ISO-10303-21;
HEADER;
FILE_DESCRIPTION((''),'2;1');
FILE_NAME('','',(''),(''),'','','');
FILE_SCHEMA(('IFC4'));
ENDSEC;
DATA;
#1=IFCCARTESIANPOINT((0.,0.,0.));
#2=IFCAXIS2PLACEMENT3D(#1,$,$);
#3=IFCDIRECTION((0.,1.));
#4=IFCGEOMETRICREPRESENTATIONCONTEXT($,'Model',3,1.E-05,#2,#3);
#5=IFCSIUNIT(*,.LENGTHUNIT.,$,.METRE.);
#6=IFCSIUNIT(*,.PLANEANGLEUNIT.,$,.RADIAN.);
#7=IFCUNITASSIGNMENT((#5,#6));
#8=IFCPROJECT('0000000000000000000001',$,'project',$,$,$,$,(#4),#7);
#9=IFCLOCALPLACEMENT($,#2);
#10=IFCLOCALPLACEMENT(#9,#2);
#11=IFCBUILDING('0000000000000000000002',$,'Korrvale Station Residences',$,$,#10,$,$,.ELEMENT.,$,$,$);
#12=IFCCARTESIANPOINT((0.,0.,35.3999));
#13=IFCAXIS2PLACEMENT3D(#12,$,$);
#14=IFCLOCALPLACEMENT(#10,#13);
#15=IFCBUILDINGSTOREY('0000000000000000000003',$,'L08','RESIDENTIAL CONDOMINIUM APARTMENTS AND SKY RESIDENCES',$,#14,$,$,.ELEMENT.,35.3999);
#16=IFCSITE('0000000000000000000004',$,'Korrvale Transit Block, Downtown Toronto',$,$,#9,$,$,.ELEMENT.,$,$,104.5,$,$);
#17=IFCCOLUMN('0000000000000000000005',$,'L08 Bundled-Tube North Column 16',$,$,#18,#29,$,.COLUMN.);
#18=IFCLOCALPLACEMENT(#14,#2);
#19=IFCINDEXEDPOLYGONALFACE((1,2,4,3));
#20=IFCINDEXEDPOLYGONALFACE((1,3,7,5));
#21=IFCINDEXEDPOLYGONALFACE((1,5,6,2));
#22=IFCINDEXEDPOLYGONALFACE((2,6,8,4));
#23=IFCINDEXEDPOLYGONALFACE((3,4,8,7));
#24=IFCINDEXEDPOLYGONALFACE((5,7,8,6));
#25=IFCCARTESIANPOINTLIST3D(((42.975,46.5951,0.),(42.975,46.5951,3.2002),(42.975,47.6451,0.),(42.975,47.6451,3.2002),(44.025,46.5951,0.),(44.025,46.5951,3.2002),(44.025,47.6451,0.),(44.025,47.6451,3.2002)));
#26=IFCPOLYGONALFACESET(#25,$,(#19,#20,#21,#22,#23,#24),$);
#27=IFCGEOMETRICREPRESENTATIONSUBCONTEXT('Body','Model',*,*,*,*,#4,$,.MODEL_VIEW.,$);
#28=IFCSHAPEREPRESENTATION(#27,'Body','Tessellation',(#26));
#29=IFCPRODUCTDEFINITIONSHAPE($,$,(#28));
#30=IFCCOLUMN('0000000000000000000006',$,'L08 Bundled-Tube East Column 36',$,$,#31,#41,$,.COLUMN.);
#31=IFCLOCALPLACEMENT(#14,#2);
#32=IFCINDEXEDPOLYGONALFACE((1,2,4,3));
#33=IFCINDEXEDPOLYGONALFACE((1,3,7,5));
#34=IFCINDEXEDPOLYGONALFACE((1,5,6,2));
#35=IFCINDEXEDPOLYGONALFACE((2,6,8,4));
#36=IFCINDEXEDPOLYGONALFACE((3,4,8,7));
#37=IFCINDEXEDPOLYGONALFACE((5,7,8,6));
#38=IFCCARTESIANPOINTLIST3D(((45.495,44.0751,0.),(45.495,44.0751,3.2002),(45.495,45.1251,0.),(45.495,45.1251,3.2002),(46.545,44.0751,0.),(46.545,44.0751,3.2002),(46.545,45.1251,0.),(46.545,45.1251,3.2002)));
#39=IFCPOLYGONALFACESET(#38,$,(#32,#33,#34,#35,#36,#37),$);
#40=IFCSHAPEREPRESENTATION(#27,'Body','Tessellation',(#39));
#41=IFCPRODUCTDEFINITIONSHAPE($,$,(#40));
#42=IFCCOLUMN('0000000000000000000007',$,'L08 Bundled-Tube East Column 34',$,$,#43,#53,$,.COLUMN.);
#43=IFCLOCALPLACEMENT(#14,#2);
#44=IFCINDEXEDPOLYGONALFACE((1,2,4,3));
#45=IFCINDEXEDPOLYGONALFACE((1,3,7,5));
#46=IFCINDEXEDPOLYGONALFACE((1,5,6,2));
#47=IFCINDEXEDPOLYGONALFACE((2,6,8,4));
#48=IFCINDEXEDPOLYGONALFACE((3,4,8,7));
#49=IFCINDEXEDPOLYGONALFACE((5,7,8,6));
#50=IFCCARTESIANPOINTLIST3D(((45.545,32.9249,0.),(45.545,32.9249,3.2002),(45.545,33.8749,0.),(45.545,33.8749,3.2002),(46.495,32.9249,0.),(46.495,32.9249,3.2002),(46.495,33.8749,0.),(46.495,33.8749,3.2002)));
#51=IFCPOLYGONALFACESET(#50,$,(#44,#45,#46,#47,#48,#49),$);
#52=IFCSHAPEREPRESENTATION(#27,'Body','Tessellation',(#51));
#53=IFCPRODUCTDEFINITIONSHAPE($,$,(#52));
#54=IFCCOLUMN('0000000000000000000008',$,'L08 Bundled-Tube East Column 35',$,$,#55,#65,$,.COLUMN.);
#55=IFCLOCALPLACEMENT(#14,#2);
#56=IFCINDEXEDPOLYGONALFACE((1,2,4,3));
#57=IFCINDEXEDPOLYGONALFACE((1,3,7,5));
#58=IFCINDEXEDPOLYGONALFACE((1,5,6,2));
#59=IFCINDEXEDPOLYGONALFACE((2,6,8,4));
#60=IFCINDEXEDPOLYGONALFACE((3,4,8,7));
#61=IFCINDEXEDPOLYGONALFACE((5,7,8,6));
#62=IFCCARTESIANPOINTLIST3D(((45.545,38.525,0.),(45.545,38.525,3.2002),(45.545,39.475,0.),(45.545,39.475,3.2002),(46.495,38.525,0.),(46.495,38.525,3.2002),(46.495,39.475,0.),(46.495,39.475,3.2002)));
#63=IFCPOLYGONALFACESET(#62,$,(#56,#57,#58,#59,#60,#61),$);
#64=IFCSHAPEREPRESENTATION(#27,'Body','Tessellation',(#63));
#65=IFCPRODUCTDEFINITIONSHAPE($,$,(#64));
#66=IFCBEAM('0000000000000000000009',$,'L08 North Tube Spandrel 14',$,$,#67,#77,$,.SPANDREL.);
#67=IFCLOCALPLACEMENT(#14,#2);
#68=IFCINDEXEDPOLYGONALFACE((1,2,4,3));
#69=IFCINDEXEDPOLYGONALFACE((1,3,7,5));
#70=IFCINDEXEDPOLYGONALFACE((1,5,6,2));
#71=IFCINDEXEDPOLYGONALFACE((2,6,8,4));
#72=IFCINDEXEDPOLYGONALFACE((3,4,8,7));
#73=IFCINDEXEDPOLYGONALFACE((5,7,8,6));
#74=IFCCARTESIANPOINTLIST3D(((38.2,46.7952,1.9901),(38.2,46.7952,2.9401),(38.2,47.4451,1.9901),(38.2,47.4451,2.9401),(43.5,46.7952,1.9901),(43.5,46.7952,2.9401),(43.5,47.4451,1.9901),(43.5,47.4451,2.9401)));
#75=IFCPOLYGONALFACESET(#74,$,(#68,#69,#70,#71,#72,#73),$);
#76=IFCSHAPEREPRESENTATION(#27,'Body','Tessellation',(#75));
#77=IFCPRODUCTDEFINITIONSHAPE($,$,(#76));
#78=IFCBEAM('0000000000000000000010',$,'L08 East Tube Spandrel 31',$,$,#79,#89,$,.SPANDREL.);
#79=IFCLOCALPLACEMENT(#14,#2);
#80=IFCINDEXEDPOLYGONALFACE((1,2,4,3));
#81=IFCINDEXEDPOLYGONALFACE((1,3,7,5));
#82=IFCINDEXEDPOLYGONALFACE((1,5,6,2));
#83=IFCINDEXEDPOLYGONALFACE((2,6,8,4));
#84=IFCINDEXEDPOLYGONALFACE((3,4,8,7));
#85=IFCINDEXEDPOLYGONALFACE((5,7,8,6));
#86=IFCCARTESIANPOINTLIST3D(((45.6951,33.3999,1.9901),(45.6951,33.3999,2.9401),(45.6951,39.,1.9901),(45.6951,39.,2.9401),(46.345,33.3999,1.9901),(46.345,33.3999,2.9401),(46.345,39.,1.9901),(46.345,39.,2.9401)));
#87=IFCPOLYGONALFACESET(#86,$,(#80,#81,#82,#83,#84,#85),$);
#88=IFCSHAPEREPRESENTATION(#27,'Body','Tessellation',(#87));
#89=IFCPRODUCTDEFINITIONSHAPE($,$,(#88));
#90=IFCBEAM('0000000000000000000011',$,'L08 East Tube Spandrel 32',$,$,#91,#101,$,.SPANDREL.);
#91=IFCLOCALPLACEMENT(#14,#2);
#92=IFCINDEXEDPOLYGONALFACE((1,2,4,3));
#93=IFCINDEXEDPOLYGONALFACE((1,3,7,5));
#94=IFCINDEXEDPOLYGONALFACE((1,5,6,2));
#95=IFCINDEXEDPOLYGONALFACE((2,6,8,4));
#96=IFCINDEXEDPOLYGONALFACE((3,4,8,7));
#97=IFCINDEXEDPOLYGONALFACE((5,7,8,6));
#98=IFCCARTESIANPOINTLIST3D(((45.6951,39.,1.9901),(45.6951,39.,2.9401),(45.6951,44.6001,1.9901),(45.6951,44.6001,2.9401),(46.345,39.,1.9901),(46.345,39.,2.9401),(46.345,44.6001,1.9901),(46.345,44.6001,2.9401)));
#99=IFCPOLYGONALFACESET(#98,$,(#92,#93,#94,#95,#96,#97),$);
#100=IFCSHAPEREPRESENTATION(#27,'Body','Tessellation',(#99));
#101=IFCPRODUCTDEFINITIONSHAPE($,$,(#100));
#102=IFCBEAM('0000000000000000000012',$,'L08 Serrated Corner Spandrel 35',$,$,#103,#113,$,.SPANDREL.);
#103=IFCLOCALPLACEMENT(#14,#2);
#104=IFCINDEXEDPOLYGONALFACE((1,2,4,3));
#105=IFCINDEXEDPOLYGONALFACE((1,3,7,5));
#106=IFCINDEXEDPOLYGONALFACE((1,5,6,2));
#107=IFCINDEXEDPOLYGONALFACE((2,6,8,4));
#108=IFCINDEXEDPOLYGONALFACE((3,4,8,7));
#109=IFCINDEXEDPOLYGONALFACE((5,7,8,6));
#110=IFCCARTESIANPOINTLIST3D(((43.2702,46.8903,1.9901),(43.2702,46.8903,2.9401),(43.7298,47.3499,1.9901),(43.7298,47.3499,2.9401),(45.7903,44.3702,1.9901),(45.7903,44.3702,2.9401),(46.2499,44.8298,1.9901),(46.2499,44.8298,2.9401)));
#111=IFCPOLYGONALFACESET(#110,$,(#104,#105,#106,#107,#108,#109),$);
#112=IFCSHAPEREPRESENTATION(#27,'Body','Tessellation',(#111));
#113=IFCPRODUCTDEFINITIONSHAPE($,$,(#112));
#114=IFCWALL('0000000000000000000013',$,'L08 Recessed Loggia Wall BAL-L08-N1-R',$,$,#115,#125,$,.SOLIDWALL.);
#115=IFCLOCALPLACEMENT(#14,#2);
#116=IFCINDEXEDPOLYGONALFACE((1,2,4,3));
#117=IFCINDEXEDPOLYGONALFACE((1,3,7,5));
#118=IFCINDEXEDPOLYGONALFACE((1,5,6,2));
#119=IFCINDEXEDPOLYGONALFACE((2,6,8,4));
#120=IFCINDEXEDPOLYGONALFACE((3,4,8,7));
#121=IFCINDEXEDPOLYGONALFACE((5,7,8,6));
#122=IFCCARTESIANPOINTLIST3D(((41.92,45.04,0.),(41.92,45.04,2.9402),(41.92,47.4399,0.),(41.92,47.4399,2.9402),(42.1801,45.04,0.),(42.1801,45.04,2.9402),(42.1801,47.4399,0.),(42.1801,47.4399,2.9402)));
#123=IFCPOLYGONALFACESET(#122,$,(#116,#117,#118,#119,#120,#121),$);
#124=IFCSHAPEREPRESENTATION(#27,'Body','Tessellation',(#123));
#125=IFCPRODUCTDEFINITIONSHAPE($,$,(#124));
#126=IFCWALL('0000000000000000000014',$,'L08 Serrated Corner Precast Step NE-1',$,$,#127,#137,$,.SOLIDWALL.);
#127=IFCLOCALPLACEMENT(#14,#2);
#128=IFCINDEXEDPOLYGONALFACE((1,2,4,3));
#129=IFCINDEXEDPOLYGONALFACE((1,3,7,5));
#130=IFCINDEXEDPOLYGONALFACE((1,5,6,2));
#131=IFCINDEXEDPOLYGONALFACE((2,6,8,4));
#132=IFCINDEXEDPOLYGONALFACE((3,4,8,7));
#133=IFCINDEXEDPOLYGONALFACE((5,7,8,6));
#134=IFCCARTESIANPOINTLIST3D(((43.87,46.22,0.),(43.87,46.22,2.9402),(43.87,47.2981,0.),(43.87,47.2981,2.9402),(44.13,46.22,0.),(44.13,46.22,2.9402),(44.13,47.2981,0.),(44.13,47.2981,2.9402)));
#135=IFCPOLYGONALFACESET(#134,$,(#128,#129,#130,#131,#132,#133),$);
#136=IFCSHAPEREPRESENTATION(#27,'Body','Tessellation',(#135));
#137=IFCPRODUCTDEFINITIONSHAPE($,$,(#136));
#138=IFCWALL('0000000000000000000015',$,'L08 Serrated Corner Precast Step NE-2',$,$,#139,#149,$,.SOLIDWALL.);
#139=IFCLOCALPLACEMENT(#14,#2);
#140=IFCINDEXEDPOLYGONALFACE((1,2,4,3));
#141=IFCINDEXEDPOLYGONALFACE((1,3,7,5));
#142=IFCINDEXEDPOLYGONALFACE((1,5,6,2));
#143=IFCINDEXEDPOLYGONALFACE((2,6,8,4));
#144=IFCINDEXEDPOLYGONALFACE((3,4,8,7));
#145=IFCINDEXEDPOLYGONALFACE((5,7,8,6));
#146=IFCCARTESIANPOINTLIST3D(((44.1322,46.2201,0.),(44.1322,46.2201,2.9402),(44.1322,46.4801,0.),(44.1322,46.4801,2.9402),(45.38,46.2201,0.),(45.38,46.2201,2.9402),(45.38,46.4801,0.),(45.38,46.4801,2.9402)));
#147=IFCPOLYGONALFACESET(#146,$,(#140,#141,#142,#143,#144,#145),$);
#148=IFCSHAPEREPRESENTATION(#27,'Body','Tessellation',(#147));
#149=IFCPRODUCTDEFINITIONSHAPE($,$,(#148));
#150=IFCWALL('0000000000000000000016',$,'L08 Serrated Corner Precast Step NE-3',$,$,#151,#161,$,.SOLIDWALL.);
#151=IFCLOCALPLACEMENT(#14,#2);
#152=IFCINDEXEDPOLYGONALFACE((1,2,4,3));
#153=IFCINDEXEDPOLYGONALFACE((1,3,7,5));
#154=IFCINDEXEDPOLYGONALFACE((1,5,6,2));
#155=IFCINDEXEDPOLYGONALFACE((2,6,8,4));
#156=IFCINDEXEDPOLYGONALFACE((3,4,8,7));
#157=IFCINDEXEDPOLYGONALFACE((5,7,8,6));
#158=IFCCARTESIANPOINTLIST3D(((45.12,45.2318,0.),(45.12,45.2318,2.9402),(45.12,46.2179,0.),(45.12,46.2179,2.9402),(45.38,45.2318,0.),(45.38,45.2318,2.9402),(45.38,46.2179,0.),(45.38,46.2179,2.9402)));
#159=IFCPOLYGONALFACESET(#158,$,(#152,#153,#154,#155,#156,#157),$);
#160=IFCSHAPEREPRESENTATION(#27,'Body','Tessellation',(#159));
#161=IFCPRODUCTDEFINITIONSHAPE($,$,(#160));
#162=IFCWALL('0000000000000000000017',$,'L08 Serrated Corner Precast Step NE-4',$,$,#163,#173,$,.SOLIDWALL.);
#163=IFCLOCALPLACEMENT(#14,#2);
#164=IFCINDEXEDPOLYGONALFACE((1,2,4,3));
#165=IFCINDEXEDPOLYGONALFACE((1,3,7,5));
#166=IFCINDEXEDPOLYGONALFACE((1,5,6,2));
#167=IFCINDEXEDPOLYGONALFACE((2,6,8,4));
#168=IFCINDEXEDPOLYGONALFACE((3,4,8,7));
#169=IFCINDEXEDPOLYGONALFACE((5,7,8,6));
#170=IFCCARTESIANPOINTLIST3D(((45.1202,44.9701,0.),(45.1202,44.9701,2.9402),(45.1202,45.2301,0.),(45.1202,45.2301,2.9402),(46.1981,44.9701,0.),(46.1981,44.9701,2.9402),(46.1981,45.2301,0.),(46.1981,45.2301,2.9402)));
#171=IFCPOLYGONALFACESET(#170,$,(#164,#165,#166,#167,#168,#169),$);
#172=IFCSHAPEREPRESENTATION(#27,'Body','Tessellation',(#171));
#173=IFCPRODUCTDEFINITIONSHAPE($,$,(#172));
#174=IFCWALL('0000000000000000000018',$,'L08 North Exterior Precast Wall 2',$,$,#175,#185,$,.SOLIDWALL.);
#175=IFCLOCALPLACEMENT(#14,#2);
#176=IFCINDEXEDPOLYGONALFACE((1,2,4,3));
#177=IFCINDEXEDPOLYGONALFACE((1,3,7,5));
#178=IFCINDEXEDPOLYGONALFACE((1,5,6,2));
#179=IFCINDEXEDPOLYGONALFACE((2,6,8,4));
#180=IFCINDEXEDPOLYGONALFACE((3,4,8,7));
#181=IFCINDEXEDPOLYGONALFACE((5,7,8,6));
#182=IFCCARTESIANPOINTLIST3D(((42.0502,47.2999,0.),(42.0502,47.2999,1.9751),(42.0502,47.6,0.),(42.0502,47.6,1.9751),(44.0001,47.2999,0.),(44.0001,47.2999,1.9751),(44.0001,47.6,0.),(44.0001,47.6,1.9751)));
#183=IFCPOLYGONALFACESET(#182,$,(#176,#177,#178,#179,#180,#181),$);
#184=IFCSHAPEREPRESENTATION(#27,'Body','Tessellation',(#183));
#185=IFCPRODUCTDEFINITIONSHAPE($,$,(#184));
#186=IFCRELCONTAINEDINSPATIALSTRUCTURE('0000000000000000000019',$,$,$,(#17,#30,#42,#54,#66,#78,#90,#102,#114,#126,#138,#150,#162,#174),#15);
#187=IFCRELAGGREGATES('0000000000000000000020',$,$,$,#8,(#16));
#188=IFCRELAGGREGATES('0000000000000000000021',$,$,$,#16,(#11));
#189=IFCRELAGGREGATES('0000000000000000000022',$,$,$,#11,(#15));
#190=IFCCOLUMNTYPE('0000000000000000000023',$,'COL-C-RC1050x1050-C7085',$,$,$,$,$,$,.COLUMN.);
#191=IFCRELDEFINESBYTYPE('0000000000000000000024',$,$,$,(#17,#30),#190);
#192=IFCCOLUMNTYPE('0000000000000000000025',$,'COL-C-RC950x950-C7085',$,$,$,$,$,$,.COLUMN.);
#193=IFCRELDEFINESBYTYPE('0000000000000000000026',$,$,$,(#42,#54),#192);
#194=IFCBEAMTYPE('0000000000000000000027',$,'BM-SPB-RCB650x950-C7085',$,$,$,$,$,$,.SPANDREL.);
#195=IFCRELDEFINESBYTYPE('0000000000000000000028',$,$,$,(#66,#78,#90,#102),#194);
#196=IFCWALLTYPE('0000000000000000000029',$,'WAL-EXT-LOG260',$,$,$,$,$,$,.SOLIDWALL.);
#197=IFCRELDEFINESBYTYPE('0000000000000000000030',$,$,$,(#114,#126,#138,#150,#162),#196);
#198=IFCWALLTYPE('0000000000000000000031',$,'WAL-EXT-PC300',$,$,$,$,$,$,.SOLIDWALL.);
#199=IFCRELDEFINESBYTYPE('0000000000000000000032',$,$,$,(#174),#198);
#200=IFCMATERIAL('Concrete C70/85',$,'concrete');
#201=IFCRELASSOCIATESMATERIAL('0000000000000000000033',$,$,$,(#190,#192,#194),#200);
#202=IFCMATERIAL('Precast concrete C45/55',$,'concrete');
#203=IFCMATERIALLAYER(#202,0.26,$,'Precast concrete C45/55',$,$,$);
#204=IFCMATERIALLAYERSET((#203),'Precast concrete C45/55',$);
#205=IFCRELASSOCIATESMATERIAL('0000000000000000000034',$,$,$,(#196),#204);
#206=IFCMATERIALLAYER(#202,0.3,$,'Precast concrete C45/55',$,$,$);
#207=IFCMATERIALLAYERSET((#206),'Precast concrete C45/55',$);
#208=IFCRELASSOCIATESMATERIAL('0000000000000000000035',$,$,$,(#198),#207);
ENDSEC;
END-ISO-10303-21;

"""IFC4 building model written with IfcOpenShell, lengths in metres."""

from ifc_helpers import new_model, si_unit, direction, frame, frame_2d, origin, origin_2d, place, context, subcontext, project, spatial, rectangle, extrude, material, layer, layer_set, material_profile, profile_set, type_object, element, save


model = new_model("IFC4")

# Units and contexts
model_context = context("Model", 3, precision=1e-05, world=origin(), true_north=direction((0.0, 1.0)))
body_context = subcontext(model_context, "Body", "Model", "MODEL_VIEW")
ifc_project = project(units=[si_unit("LENGTHUNIT", "METRE"), si_unit("PLANEANGLEUNIT", "RADIAN")], contexts=[model_context])

# Site, building, storey
site_placement = place(None, origin())
site = spatial("IfcSite", under=ifc_project, at=site_placement, Name="Korrvale Transit Block, Downtown Toronto", CompositionType="ELEMENT", RefElevation=104.5)
building_placement = place(site_placement, origin())
building = spatial("IfcBuilding", under=site, at=building_placement, Name="Korrvale Station Residences", CompositionType="ELEMENT")
storey_placement = place(building_placement, frame((0.0, 0.0, 35.3999)))
storey = spatial("IfcBuildingStorey", under=building, at=storey_placement, Name="L08", Description="RESIDENTIAL CONDOMINIUM APARTMENTS AND SKY RESIDENCES", CompositionType="ELEMENT", Elevation=35.3999)

# Columns
ifc_material_1 = material(Name="Concrete C70/85", Category="concrete")
ifc_material_profile_1 = material_profile(ifc_material_1, rectangle(XDim=1.05, YDim=1.05, at=origin_2d()), Name="RC1050x1050")
ifc_profile_set_1 = profile_set([ifc_material_profile_1], Name="Concrete C70/85")
column_type_1 = type_object("IfcColumnType", Name="COL-C-RC1050x1050-C7085", PredefinedType="COLUMN", material=ifc_profile_set_1)
for number, where, z_axis, x_axis, name in (
    (1, (43.5, 47.1201, 0.0), (0.0, 0.0, 1.0), (1.0, 0.0, 0.0), "L08 Bundled-Tube North Column 16"),
    (2, (46.02, 44.6001, 0.0), (0.0, 0.0, 1.0), (1.0, 0.0, 0.0), "L08 Bundled-Tube East Column 36"),
):
    element("IfcColumn", number, at=place(storey_placement, frame(where, z_axis=z_axis, x_axis=x_axis)), inside=storey, type_object=column_type_1, Name=name, PredefinedType="COLUMN", context=body_context, shape_type="SweptSolid", body=[
        extrude(rectangle(XDim=1.05, YDim=1.05, at=origin_2d()), origin(), (0.0, 0.0, 1.0), 3.2002),
    ])
ifc_material_profile_2 = material_profile(ifc_material_1, rectangle(XDim=0.95, YDim=0.95, at=origin_2d()), Name="RC950x950")
ifc_profile_set_2 = profile_set([ifc_material_profile_2], Name="Concrete C70/85")
column_type_2 = type_object("IfcColumnType", Name="COL-C-RC950x950-C7085", PredefinedType="COLUMN", material=ifc_profile_set_2)
for number, where, z_axis, x_axis, name in (
    (3, (46.02, 33.3999, 0.0), (0.0, 0.0, 1.0), (1.0, 0.0, 0.0), "L08 Bundled-Tube East Column 34"),
    (4, (46.02, 39.0, 0.0), (0.0, 0.0, 1.0), (1.0, 0.0, 0.0), "L08 Bundled-Tube East Column 35"),
):
    element("IfcColumn", number, at=place(storey_placement, frame(where, z_axis=z_axis, x_axis=x_axis)), inside=storey, type_object=column_type_2, Name=name, PredefinedType="COLUMN", context=body_context, shape_type="SweptSolid", body=[
        extrude(rectangle(XDim=0.95, YDim=0.95, at=origin_2d()), origin(), (0.0, 0.0, 1.0), 3.2002),
    ])

# Beams
ifc_material_profile_3 = material_profile(ifc_material_1, rectangle(XDim=0.6499, YDim=0.95, at=origin_2d()), Name="RCB650x950")
ifc_profile_set_3 = profile_set([ifc_material_profile_3], Name="Concrete C70/85")
beam_type = type_object("IfcBeamType", Name="BM-SPB-RCB650x950-C7085", PredefinedType="SPANDREL", material=ifc_profile_set_3)
beam_1_placement = place(storey_placement, frame((38.2, 47.1201, 2.4651), z_axis=(1.0, 0.0, 0.0), x_axis=(0.0, 1.0, 0.0)))
element("IfcBeam", 5, at=beam_1_placement, inside=storey, type_object=beam_type, Name="L08 North Tube Spandrel 14", PredefinedType="SPANDREL", context=body_context, shape_type="SweptSolid", body=[
    extrude(rectangle(XDim=0.6499, YDim=0.95, at=origin_2d()), origin(), (0.0, 0.0, 1.0), 5.3),
])
for number, where, z_axis, x_axis, name in (
    (6, (46.02, 33.3999, 2.4651), (0.0, 1.0, 0.0), (-1.0, 0.0, 0.0), "L08 East Tube Spandrel 31"),
    (7, (46.02, 39.0, 2.4651), (0.0, 1.0, 0.0), (-1.0, 0.0, 0.0), "L08 East Tube Spandrel 32"),
):
    element("IfcBeam", number, at=place(storey_placement, frame(where, z_axis=z_axis, x_axis=x_axis)), inside=storey, type_object=beam_type, Name=name, PredefinedType="SPANDREL", context=body_context, shape_type="SweptSolid", body=[
        extrude(rectangle(XDim=0.6499, YDim=0.95, at=origin_2d()), origin(), (0.0, 0.0, 1.0), 5.6001),
    ])
beam_2_placement = place(storey_placement, frame((43.5, 47.1201, 2.4651), z_axis=(0.707107, -0.707107, 0.0), x_axis=(0.707107, 0.707107, 0.0)))
element("IfcBeam", 8, at=beam_2_placement, inside=storey, type_object=beam_type, Name="L08 Serrated Corner Spandrel 35", PredefinedType="SPANDREL", context=body_context, shape_type="SweptSolid", body=[
    extrude(rectangle(XDim=0.6499, YDim=0.95, at=origin_2d()), origin(), (0.0, 0.0, 1.0), 3.564),
])

# Walls
ifc_material_2 = material(Name="Precast concrete C45/55", Category="concrete")
ifc_layer_1 = layer(ifc_material_2, 0.26, Name="Precast concrete C45/55")
ifc_layer_set_1 = layer_set([ifc_layer_1], Name="Precast concrete C45/55")
wall_type_1 = type_object("IfcWallType", Name="WAL-EXT-LOG260", PredefinedType="SOLIDWALL", material=ifc_layer_set_1)
wall_1_placement = place(storey_placement, frame((42.05, 45.04, 0.0), z_axis=(0.0, 0.0, 1.0), x_axis=(0.0, 1.0, 0.0)))
element("IfcWall", 9, at=wall_1_placement, inside=storey, type_object=wall_type_1, Name="L08 Recessed Loggia Wall BAL-L08-N1-R", PredefinedType="SOLIDWALL", context=body_context, shape_type="SweptSolid", body=[
    extrude(rectangle(XDim=2.3999, YDim=0.26, at=frame_2d((1.2, 0.0))), origin(), (0.0, 0.0, 1.0), 2.9402),
])
wall_2_placement = place(storey_placement, frame((44.0, 47.2981, 0.0), z_axis=(0.0, 0.0, 1.0), x_axis=(0.0, -1.0, 0.0)))
element("IfcWall", 10, at=wall_2_placement, inside=storey, type_object=wall_type_1, Name="L08 Serrated Corner Precast Step NE-1", PredefinedType="SOLIDWALL", context=body_context, shape_type="SweptSolid", body=[
    extrude(rectangle(XDim=1.0781, YDim=0.26, at=frame_2d((0.5391, 0.0))), origin(), (0.0, 0.0, 1.0), 2.9402),
])
wall_3_placement = place(storey_placement, frame((44.1321, 46.3501, 0.0), z_axis=(0.0, 0.0, 1.0), x_axis=(1.0, 0.0, 0.0)))
element("IfcWall", 11, at=wall_3_placement, inside=storey, type_object=wall_type_1, Name="L08 Serrated Corner Precast Step NE-2", PredefinedType="SOLIDWALL", context=body_context, shape_type="SweptSolid", body=[
    extrude(rectangle(XDim=1.2478, YDim=0.26, at=frame_2d((0.624, 0.0))), origin(), (0.0, 0.0, 1.0), 2.9402),
])
wall_4_placement = place(storey_placement, frame((45.25, 46.218, 0.0), z_axis=(0.0, 0.0, 1.0), x_axis=(0.0, -1.0, 0.0)))
element("IfcWall", 12, at=wall_4_placement, inside=storey, type_object=wall_type_1, Name="L08 Serrated Corner Precast Step NE-3", PredefinedType="SOLIDWALL", context=body_context, shape_type="SweptSolid", body=[
    extrude(rectangle(XDim=0.9861, YDim=0.26, at=frame_2d((0.4932, 0.0))), origin(), (0.0, 0.0, 1.0), 2.9402),
])
wall_5_placement = place(storey_placement, frame((45.1201, 45.1001, 0.0), z_axis=(0.0, 0.0, 1.0), x_axis=(1.0, 0.0, 0.0)))
element("IfcWall", 13, at=wall_5_placement, inside=storey, type_object=wall_type_1, Name="L08 Serrated Corner Precast Step NE-4", PredefinedType="SOLIDWALL", context=body_context, shape_type="SweptSolid", body=[
    extrude(rectangle(XDim=1.0779, YDim=0.26, at=frame_2d((0.5391, 0.0))), origin(), (0.0, 0.0, 1.0), 2.9402),
])
ifc_layer_2 = layer(ifc_material_2, 0.3, Name="Precast concrete C45/55")
ifc_layer_set_2 = layer_set([ifc_layer_2], Name="Precast concrete C45/55")
wall_type_2 = type_object("IfcWallType", Name="WAL-EXT-PC300", PredefinedType="SOLIDWALL", material=ifc_layer_set_2)
wall_6_placement = place(storey_placement, frame((42.05, 47.45, 0.0), z_axis=(0.0, 0.0, 1.0), x_axis=(1.0, 0.0, 0.0)))
element("IfcWall", 14, at=wall_6_placement, inside=storey, type_object=wall_type_2, Name="L08 North Exterior Precast Wall 2", PredefinedType="SOLIDWALL", context=body_context, shape_type="SweptSolid", body=[
    extrude(rectangle(XDim=1.95, YDim=0.3, at=frame_2d((0.9751, 0.0))), origin(), (0.0, 0.0, 1.0), 1.9751),
])

save(model, "model.ifc")
